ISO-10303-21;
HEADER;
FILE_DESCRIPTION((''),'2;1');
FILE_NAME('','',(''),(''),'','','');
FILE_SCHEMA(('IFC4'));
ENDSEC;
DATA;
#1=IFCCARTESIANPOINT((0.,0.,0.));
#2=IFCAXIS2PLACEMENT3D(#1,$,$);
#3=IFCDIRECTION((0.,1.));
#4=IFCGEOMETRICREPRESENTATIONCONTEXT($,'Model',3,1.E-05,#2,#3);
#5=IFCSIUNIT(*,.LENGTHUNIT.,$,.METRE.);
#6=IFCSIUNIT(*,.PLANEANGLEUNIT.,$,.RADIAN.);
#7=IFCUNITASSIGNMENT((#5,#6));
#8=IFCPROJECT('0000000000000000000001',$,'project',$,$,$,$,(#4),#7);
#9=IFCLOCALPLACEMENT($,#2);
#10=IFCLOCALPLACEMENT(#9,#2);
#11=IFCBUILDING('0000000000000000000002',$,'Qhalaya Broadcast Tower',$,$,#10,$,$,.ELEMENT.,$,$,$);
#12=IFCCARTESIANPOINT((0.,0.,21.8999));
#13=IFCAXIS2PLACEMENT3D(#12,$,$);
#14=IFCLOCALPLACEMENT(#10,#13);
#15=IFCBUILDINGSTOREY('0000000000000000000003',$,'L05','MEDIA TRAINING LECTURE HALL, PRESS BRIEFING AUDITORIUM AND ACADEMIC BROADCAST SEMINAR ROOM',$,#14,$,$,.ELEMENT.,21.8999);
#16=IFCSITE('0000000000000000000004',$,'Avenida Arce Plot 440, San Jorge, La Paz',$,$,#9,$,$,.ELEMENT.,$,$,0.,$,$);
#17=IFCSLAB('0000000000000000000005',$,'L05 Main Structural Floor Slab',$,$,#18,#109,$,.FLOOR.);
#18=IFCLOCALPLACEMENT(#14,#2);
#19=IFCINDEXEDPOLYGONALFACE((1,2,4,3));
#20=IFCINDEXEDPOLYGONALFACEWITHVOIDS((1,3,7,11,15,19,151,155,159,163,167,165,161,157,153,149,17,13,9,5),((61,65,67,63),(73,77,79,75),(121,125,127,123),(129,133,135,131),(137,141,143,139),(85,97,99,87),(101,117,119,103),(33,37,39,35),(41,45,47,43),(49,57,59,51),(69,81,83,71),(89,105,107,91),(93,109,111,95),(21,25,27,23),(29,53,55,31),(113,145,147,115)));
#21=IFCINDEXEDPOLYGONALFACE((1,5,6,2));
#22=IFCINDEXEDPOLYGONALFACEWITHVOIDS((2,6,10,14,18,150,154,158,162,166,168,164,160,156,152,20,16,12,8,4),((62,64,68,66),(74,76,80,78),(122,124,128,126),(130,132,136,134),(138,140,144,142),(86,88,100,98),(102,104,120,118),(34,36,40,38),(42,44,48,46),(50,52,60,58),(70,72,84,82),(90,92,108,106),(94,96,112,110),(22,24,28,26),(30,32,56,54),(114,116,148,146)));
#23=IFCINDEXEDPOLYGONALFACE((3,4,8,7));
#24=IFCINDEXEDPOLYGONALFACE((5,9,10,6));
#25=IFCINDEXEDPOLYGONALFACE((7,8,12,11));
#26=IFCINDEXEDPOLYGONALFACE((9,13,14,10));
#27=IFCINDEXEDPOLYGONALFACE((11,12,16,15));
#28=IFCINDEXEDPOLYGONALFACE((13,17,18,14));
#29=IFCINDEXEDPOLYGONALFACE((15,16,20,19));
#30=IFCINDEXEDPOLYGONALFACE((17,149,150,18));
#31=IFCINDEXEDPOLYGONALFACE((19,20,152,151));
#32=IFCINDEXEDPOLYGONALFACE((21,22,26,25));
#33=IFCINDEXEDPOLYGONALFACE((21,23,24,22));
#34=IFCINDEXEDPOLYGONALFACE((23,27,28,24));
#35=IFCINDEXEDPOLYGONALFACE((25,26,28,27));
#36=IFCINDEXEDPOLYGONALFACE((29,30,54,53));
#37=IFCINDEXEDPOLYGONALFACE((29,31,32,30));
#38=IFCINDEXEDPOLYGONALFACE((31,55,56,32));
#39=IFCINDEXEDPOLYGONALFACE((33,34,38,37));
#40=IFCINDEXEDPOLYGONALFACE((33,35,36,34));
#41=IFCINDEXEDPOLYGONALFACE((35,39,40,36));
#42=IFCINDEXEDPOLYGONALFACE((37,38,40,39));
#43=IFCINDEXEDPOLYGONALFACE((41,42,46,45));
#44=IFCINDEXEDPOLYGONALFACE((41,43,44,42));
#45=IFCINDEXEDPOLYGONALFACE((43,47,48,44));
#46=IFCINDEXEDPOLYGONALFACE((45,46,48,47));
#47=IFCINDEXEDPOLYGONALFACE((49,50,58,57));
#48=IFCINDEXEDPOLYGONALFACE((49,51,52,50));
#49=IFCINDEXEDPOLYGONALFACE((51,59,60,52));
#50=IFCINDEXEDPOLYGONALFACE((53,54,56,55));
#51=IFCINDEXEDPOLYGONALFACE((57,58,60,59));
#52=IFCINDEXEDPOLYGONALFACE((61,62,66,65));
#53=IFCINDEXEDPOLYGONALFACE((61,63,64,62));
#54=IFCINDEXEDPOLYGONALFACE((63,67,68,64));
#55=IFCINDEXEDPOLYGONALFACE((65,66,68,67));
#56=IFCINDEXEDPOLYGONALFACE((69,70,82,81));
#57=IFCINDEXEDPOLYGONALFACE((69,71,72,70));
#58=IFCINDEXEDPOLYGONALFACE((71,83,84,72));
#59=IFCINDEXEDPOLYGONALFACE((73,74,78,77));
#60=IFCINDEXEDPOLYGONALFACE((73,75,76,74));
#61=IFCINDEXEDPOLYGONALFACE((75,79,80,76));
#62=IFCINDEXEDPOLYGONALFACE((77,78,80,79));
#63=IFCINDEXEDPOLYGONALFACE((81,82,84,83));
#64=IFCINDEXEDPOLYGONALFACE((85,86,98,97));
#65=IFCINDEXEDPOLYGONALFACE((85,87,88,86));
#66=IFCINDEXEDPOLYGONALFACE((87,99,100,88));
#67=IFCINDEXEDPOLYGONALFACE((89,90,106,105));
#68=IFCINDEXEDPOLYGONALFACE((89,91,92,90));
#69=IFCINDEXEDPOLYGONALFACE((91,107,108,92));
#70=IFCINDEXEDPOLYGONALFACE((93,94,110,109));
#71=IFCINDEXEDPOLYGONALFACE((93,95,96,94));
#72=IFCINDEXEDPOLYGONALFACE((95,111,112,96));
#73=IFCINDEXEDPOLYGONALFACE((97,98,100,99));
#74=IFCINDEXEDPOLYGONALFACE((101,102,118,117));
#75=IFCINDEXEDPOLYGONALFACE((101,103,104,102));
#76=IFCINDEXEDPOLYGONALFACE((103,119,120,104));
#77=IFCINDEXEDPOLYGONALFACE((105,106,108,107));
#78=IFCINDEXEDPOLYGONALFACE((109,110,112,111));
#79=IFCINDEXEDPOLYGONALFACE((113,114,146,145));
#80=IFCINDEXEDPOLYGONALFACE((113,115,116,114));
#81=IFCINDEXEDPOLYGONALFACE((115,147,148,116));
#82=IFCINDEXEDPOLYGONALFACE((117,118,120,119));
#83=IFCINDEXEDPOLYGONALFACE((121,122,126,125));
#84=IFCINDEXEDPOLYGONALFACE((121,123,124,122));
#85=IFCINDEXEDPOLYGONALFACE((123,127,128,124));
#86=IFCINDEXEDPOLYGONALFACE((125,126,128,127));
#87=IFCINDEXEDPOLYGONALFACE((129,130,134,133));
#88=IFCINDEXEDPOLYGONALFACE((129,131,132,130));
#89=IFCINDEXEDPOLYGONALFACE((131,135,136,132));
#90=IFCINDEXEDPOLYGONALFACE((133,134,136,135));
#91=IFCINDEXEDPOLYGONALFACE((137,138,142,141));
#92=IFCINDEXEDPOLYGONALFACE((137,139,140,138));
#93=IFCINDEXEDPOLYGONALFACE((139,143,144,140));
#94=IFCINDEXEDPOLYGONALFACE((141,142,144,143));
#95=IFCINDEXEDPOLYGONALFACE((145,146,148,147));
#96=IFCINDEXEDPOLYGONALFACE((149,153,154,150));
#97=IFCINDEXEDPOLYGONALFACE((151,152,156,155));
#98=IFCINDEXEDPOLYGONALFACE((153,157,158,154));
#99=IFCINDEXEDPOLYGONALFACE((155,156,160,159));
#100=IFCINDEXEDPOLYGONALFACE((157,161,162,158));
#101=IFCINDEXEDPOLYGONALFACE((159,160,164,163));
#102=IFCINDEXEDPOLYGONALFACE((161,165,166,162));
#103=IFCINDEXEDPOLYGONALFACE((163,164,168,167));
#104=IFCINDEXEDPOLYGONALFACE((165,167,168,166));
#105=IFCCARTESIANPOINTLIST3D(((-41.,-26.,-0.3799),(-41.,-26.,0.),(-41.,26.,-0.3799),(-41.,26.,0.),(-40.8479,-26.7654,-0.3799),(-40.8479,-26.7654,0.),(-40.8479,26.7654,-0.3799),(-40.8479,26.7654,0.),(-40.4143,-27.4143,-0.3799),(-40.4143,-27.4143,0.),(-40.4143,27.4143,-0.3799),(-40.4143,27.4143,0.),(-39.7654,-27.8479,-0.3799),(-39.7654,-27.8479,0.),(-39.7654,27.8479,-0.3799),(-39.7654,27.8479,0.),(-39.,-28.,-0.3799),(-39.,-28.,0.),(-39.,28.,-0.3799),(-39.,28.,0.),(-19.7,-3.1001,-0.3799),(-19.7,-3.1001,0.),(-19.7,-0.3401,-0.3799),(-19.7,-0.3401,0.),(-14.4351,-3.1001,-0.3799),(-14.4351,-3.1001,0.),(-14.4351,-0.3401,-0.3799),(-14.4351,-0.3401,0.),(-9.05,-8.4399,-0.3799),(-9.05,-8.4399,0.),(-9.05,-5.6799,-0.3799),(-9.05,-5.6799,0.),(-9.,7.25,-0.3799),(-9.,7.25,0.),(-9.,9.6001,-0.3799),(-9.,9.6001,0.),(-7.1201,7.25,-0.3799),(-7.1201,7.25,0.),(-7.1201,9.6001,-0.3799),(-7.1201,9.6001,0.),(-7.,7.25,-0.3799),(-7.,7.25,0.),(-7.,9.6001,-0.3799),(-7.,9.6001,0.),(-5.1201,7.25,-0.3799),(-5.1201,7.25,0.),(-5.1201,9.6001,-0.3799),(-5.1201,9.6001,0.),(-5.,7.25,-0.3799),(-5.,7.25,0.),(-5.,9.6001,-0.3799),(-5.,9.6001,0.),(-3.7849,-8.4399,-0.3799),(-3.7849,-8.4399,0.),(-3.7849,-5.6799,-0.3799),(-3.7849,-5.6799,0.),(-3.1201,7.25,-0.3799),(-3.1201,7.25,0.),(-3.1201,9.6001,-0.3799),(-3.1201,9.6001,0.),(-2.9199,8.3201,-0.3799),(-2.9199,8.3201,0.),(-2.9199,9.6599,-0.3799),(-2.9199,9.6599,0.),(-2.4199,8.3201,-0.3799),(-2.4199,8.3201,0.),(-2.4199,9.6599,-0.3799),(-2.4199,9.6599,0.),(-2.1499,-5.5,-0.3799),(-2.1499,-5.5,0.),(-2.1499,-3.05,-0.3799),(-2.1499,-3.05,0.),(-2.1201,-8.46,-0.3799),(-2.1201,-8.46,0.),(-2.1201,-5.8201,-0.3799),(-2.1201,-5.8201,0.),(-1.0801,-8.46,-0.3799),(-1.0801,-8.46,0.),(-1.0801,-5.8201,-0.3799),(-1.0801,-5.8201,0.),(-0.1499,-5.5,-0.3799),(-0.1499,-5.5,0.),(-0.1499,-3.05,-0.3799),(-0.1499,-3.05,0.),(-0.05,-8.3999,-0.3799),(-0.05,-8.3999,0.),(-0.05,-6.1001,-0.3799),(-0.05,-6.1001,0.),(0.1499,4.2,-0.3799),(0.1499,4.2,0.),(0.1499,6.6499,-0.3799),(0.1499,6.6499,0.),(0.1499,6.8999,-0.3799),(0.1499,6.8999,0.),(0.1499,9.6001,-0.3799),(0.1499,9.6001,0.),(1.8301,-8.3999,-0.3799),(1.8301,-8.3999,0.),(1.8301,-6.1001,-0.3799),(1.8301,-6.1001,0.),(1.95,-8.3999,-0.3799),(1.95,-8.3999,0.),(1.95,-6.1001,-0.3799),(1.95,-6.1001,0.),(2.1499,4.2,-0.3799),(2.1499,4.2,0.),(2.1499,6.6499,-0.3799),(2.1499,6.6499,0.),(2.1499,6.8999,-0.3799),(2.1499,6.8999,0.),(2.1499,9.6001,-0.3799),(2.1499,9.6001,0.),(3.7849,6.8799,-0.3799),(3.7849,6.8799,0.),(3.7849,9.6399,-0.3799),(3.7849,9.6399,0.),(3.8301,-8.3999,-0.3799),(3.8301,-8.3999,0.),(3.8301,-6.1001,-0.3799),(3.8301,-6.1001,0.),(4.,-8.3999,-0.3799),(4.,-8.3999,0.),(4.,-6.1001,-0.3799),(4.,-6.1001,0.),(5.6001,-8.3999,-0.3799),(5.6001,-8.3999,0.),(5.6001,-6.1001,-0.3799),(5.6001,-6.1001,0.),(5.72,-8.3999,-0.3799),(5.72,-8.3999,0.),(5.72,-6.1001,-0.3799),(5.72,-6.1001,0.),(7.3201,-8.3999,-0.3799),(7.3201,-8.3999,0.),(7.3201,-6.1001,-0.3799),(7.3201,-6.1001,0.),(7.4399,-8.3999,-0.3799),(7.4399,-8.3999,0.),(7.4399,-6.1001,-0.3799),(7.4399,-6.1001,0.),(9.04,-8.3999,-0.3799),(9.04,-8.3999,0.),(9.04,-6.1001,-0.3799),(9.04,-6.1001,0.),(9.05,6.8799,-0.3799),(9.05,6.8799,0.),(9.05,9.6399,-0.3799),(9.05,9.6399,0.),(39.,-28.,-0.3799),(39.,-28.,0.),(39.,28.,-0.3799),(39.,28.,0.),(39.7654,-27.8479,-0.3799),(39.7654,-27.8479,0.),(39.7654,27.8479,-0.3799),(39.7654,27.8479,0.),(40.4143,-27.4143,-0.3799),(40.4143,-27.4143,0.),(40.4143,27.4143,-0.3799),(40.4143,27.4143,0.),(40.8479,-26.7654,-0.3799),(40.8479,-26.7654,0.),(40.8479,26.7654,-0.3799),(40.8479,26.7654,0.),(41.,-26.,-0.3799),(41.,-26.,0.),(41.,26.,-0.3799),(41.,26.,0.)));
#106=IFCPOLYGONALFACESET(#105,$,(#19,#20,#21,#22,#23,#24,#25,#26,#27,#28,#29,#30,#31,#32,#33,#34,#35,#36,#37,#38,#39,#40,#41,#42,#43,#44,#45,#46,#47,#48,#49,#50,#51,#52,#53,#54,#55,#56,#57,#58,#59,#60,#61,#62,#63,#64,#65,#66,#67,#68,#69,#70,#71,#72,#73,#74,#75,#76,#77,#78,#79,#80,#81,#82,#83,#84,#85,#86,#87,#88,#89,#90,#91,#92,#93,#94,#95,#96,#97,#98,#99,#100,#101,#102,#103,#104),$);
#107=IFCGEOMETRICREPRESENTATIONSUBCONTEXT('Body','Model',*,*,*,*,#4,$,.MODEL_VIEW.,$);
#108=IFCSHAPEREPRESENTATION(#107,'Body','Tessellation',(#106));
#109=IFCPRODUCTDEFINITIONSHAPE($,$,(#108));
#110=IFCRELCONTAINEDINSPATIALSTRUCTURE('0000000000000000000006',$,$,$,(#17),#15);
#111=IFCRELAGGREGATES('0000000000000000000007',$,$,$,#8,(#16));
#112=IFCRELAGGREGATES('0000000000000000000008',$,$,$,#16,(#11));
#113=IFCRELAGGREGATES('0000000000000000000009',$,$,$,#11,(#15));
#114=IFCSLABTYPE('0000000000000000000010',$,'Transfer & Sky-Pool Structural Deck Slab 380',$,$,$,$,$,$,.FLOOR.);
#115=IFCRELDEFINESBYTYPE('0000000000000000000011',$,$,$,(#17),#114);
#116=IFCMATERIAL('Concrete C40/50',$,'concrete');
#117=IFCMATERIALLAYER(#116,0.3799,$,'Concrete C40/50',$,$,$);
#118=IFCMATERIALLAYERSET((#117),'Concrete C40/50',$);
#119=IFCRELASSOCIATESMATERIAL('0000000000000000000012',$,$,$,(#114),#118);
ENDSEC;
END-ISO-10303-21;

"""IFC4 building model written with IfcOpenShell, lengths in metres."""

from ifc_helpers import new_model, si_unit, direction, frame, origin, place, context, subcontext, project, spatial, polyline, outline, extrude, material, layer, layer_set, type_object, element, save


model = new_model("IFC4")

# Units and contexts
model_context = context("Model", 3, precision=1e-05, world=origin(), true_north=direction((0.0, 1.0)))
body_context = subcontext(model_context, "Body", "Model", "MODEL_VIEW")
ifc_project = project(units=[si_unit("LENGTHUNIT", "METRE"), si_unit("PLANEANGLEUNIT", "RADIAN")], contexts=[model_context])

# Site, building, storey
site_placement = place(None, origin())
site = spatial("IfcSite", under=ifc_project, at=site_placement, Name="Avenida Arce Plot 440, San Jorge, La Paz", CompositionType="ELEMENT", RefElevation=0.0)
building_placement = place(site_placement, origin())
building = spatial("IfcBuilding", under=site, at=building_placement, Name="Qhalaya Broadcast Tower", CompositionType="ELEMENT")
storey_placement = place(building_placement, frame((0.0, 0.0, 21.8999)))
storey = spatial("IfcBuildingStorey", under=building, at=storey_placement, Name="L05", Description="MEDIA TRAINING LECTURE HALL, PRESS BRIEFING AUDITORIUM AND ACADEMIC BROADCAST SEMINAR ROOM", CompositionType="ELEMENT", Elevation=21.8999)

# Shared definitions
ifc_material_1 = material(Name="Concrete C40/50", Category="concrete")

# Slab
ifc_layer_1 = layer(ifc_material_1, 0.3799, Name="Concrete C40/50")
ifc_layer_set_1 = layer_set([ifc_layer_1], Name="Concrete C40/50")
slab_type_1 = type_object("IfcSlabType", Name="Transfer & Sky-Pool Structural Deck Slab 380", PredefinedType="FLOOR", material=ifc_layer_set_1)
slab_1_placement = place(storey_placement, frame((0.0, 0.0, -0.3799)))
element("IfcSlab", 1, at=slab_1_placement, inside=storey, type_object=slab_type_1, Name="L05 Main Structural Floor Slab", PredefinedType="FLOOR", context=body_context, shape_type="SweptSolid", body=[
    extrude(outline(polyline([(39.0, -28.0), (39.7654, -27.8479), (40.4143, -27.4143), (40.8479, -26.7654), (41.0, -26.0), (41.0, 26.0), (40.8479, 26.7654), (40.4143, 27.4143), (39.7654, 27.8479), (39.0, 28.0), (-39.0, 28.0), (-39.7654, 27.8479), (-40.4143, 27.4143), (-40.8479, 26.7654), (-41.0, 26.0), (-41.0, -26.0), (-40.8479, -26.7654), (-40.4143, -27.4143), (-39.7654, -27.8479), (-39.0, -28.0), (39.0, -28.0)]), holes=[polyline([(3.7849, 9.6399), (9.05, 9.6399), (9.05, 6.8799), (3.7849, 6.8799), (3.7849, 9.6399)]), polyline([(-3.7849, -8.4399), (-9.05, -8.4399), (-9.05, -5.6799), (-3.7849, -5.6799), (-3.7849, -8.4399)]), polyline([(-14.4351, -3.1001), (-19.7, -3.1001), (-19.7, -0.3401), (-14.4351, -0.3401), (-14.4351, -3.1001)]), polyline([(0.1499, 6.6499), (2.1499, 6.6499), (2.1499, 4.2), (0.1499, 4.2), (0.1499, 6.6499)]), polyline([(0.1499, 9.6001), (2.1499, 9.6001), (2.1499, 6.8999), (0.1499, 6.8999), (0.1499, 9.6001)]), polyline([(-2.1499, -3.05), (-0.1499, -3.05), (-0.1499, -5.5), (-2.1499, -5.5), (-2.1499, -3.05)]), polyline([(-9.0, 9.6001), (-7.1201, 9.6001), (-7.1201, 7.25), (-9.0, 7.25), (-9.0, 9.6001)]), polyline([(-7.0, 9.6001), (-5.1201, 9.6001), (-5.1201, 7.25), (-7.0, 7.25), (-7.0, 9.6001)]), polyline([(-5.0, 9.6001), (-3.1201, 9.6001), (-3.1201, 7.25), (-5.0, 7.25), (-5.0, 9.6001)]), polyline([(-0.05, -6.1001), (1.8301, -6.1001), (1.8301, -8.3999), (-0.05, -8.3999), (-0.05, -6.1001)]), polyline([(1.95, -6.1001), (3.8301, -6.1001), (3.8301, -8.3999), (1.95, -8.3999), (1.95, -6.1001)]), polyline([(4.0, -6.1001), (5.6001, -6.1001), (5.6001, -8.3999), (4.0, -8.3999), (4.0, -6.1001)]), polyline([(5.72, -6.1001), (7.3201, -6.1001), (7.3201, -8.3999), (5.72, -8.3999), (5.72, -6.1001)]), polyline([(7.4399, -6.1001), (9.04, -6.1001), (9.04, -8.3999), (7.4399, -8.3999), (7.4399, -6.1001)]), polyline([(-2.9199, 9.6599), (-2.4199, 9.6599), (-2.4199, 8.3201), (-2.9199, 8.3201), (-2.9199, 9.6599)]), polyline([(-2.1201, -5.8201), (-1.0801, -5.8201), (-1.0801, -8.46), (-2.1201, -8.46), (-2.1201, -5.8201)])]), origin(), (0.0, 0.0, 1.0), 0.3799),
])

save(model, "model.ifc")
